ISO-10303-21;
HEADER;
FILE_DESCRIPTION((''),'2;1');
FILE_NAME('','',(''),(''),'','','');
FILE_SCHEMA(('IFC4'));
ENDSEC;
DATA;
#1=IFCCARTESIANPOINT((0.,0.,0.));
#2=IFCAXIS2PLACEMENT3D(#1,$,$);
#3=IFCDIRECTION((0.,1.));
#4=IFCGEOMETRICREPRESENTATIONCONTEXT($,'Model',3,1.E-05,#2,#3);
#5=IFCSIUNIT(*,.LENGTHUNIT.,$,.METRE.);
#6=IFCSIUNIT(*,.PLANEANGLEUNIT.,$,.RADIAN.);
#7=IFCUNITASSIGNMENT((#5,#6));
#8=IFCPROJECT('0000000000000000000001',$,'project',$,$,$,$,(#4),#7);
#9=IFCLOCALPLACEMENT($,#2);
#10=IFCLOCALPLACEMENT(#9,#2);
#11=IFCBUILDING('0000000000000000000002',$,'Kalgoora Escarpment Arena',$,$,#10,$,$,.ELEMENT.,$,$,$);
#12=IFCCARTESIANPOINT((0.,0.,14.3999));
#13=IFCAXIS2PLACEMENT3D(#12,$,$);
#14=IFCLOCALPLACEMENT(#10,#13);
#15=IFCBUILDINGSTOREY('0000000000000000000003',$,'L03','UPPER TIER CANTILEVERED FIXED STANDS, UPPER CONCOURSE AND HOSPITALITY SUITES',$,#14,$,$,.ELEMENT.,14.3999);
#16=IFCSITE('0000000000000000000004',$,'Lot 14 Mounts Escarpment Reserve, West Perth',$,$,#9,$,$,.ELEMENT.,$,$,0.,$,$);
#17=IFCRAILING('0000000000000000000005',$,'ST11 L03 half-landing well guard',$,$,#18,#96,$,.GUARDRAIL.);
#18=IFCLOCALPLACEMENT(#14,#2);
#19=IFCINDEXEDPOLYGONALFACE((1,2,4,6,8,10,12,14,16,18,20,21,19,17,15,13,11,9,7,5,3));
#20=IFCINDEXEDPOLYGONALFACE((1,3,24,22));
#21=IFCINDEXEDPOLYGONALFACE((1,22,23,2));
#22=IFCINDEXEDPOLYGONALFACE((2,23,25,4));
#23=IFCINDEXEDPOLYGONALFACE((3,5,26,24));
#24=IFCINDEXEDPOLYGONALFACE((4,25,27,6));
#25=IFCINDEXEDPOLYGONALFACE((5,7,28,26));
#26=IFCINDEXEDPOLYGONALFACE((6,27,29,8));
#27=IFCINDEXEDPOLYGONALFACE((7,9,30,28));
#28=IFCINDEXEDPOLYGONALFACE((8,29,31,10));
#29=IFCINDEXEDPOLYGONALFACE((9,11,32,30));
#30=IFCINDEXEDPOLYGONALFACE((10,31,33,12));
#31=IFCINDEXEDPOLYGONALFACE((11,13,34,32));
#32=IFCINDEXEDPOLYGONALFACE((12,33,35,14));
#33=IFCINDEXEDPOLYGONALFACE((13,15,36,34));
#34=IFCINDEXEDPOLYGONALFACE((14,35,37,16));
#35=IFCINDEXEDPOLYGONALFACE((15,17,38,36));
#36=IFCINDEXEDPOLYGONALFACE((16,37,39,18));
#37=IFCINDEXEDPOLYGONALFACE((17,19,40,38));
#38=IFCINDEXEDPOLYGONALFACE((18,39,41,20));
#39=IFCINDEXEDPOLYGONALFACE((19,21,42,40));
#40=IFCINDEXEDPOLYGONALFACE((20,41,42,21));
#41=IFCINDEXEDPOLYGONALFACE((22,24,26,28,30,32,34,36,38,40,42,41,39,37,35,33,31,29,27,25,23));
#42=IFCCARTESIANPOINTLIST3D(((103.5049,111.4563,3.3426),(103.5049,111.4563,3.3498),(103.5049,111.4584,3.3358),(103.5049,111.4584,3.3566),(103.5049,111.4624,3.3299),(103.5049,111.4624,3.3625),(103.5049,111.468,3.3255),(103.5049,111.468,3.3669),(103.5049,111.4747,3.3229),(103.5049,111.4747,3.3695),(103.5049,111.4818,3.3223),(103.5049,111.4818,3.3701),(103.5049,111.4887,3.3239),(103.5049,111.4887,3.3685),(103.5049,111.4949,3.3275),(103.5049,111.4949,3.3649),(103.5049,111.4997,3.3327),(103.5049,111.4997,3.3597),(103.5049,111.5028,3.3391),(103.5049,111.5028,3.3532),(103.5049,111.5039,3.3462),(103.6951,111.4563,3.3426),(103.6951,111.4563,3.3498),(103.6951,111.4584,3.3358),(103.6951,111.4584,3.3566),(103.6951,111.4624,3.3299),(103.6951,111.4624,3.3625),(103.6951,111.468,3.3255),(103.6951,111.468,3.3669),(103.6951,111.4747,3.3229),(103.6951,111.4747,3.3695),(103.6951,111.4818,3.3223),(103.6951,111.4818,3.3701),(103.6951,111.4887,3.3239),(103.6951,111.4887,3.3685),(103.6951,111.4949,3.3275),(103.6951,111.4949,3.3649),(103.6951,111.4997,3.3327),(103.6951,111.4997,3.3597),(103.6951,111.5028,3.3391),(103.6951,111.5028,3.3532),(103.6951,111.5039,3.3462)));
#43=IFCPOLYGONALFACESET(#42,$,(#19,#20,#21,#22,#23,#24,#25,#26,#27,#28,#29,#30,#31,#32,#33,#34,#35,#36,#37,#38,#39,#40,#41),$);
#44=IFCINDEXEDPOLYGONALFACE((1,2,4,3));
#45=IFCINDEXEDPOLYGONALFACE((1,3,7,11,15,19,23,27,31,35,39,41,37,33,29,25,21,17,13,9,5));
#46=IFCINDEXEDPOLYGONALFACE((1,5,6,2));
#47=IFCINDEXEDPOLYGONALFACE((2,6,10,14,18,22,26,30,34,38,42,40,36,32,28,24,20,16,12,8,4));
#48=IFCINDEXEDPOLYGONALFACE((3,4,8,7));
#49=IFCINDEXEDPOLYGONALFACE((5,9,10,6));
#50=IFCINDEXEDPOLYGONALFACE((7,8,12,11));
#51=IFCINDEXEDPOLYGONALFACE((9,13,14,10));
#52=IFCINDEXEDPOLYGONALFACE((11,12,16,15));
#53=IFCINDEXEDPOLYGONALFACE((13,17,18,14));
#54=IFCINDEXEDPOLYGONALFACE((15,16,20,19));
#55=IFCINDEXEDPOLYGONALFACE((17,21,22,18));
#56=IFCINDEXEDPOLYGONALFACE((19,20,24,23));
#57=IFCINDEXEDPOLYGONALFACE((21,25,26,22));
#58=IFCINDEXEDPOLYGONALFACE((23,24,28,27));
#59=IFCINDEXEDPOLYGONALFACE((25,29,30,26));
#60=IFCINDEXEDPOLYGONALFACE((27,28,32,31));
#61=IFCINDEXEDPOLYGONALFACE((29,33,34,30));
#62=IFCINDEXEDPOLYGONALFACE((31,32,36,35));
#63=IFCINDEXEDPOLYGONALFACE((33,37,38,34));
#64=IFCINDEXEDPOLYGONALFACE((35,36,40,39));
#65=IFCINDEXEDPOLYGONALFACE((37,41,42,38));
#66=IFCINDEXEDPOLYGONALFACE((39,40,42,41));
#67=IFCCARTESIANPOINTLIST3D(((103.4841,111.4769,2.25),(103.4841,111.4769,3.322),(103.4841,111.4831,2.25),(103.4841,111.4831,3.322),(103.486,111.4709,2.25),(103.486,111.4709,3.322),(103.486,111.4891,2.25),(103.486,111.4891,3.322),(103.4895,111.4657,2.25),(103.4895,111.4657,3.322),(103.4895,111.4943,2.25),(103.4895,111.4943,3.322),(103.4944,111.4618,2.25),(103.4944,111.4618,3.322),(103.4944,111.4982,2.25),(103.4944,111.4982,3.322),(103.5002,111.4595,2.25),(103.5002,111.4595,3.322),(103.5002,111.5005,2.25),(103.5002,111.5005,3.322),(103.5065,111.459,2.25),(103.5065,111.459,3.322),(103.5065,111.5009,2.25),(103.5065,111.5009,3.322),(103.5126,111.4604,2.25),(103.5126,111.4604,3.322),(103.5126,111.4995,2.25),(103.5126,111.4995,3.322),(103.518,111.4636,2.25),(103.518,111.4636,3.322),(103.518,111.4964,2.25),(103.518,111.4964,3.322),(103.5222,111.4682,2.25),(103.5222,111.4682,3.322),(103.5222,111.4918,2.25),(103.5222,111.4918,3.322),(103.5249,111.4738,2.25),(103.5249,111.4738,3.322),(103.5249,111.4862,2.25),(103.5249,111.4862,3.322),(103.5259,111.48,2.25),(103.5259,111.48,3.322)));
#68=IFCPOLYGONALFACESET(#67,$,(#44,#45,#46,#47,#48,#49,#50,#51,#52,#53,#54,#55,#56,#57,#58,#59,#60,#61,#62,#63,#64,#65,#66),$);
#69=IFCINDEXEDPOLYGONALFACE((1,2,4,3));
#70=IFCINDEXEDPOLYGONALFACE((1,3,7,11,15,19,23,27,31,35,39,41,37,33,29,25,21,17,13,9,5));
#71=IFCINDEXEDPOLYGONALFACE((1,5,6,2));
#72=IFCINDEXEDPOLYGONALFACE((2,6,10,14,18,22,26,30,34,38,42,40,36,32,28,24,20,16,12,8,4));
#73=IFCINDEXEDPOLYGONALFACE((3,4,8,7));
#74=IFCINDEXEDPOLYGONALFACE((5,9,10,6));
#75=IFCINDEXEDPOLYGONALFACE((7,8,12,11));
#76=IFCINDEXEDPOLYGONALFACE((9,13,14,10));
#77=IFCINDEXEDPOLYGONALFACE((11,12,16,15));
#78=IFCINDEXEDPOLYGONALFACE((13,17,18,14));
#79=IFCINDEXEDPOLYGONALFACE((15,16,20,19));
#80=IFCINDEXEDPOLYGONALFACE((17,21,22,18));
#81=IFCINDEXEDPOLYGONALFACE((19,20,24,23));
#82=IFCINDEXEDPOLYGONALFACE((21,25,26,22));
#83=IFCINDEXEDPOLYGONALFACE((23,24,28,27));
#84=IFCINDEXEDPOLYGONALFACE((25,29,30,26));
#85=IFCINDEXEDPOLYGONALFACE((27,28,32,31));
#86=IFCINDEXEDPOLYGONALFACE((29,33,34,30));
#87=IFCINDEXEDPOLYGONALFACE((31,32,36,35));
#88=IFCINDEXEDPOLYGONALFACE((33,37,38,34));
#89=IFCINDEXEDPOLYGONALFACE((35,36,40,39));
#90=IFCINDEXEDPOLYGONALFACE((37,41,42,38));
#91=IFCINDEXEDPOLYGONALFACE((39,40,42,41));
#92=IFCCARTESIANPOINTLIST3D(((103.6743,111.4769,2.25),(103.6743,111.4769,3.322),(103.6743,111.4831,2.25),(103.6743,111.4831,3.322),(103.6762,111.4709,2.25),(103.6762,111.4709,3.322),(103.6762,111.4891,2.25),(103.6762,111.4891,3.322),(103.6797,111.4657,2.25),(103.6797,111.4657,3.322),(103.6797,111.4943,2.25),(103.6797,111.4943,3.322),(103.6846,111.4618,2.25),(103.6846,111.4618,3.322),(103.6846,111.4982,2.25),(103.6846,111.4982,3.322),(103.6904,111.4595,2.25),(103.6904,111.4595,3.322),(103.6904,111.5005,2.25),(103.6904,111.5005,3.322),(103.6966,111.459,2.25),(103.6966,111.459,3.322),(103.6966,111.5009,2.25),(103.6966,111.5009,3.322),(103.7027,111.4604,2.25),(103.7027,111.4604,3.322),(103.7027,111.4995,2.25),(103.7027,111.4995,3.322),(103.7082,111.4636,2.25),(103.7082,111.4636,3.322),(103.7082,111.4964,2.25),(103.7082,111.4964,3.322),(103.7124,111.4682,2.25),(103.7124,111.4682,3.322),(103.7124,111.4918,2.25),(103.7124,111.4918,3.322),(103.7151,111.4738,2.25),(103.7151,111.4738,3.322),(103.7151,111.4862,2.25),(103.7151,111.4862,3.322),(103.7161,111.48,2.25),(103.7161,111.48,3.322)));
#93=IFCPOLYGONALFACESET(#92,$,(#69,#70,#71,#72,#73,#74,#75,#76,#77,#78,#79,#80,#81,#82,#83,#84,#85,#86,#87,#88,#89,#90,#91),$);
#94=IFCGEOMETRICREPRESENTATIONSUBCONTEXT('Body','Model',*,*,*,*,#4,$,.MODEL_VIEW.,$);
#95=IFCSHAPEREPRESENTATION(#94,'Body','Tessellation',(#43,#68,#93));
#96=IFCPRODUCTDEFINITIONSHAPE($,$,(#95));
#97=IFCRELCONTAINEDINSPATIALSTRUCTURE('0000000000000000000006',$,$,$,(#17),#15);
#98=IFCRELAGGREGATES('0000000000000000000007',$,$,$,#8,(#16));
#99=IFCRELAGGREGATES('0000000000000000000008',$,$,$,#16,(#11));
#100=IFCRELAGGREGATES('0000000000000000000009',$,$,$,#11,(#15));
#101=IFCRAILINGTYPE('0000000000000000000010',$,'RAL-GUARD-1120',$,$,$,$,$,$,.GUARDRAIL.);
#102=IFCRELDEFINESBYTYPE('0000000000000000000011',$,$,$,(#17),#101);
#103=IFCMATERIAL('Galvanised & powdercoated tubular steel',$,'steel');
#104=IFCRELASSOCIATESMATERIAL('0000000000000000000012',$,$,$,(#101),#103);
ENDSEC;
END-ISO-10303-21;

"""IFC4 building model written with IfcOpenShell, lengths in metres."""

from ifc_helpers import new_model, si_unit, direction, frame, origin, origin_2d, place, context, subcontext, project, spatial, circle, extrude, material, type_object, element, save


model = new_model("IFC4")

# Units and contexts
model_context = context("Model", 3, precision=1e-05, world=origin(), true_north=direction((0.0, 1.0)))
body_context = subcontext(model_context, "Body", "Model", "MODEL_VIEW")
ifc_project = project(units=[si_unit("LENGTHUNIT", "METRE"), si_unit("PLANEANGLEUNIT", "RADIAN")], contexts=[model_context])

# Site, building, storey
site_placement = place(None, origin())
site = spatial("IfcSite", under=ifc_project, at=site_placement, Name="Lot 14 Mounts Escarpment Reserve, West Perth", CompositionType="ELEMENT", RefElevation=0.0)
building_placement = place(site_placement, origin())
building = spatial("IfcBuilding", under=site, at=building_placement, Name="Kalgoora Escarpment Arena", CompositionType="ELEMENT")
storey_placement = place(building_placement, frame((0.0, 0.0, 14.3999)))
storey = spatial("IfcBuildingStorey", under=building, at=storey_placement, Name="L03", Description="UPPER TIER CANTILEVERED FIXED STANDS, UPPER CONCOURSE AND HOSPITALITY SUITES", CompositionType="ELEMENT", Elevation=14.3999)

# Railing
ifc_material_1 = material(Name="Galvanised & powdercoated tubular steel", Category="steel")
railing_type_1 = type_object("IfcRailingType", Name="RAL-GUARD-1120", PredefinedType="GUARDRAIL", material=ifc_material_1)
railing_1_placement = place(storey_placement, frame((103.5049, 111.48, 2.25)))
element("IfcRailing", 1, at=railing_1_placement, inside=storey, type_object=railing_type_1, Name="ST11 L03 half-landing well guard", PredefinedType="GUARDRAIL", context=body_context, shape_type="SweptSolid", body=[
    extrude(circle(Radius=0.0239, at=origin_2d()), frame((0.0, 0.0, 1.0962), z_axis=(1.0, 0.0, 0.0), x_axis=(0.0, 1.0, 0.0)), (0.0, 0.0, 1.0), 0.1902),
    extrude(circle(Radius=0.021, at=origin_2d()), origin(), (0.0, 0.0, 1.0), 1.072),
    extrude(circle(Radius=0.021, at=origin_2d()), frame((0.1902, 0.0, 0.0)), (0.0, 0.0, 1.0), 1.072),
])

save(model, "model.ifc")
